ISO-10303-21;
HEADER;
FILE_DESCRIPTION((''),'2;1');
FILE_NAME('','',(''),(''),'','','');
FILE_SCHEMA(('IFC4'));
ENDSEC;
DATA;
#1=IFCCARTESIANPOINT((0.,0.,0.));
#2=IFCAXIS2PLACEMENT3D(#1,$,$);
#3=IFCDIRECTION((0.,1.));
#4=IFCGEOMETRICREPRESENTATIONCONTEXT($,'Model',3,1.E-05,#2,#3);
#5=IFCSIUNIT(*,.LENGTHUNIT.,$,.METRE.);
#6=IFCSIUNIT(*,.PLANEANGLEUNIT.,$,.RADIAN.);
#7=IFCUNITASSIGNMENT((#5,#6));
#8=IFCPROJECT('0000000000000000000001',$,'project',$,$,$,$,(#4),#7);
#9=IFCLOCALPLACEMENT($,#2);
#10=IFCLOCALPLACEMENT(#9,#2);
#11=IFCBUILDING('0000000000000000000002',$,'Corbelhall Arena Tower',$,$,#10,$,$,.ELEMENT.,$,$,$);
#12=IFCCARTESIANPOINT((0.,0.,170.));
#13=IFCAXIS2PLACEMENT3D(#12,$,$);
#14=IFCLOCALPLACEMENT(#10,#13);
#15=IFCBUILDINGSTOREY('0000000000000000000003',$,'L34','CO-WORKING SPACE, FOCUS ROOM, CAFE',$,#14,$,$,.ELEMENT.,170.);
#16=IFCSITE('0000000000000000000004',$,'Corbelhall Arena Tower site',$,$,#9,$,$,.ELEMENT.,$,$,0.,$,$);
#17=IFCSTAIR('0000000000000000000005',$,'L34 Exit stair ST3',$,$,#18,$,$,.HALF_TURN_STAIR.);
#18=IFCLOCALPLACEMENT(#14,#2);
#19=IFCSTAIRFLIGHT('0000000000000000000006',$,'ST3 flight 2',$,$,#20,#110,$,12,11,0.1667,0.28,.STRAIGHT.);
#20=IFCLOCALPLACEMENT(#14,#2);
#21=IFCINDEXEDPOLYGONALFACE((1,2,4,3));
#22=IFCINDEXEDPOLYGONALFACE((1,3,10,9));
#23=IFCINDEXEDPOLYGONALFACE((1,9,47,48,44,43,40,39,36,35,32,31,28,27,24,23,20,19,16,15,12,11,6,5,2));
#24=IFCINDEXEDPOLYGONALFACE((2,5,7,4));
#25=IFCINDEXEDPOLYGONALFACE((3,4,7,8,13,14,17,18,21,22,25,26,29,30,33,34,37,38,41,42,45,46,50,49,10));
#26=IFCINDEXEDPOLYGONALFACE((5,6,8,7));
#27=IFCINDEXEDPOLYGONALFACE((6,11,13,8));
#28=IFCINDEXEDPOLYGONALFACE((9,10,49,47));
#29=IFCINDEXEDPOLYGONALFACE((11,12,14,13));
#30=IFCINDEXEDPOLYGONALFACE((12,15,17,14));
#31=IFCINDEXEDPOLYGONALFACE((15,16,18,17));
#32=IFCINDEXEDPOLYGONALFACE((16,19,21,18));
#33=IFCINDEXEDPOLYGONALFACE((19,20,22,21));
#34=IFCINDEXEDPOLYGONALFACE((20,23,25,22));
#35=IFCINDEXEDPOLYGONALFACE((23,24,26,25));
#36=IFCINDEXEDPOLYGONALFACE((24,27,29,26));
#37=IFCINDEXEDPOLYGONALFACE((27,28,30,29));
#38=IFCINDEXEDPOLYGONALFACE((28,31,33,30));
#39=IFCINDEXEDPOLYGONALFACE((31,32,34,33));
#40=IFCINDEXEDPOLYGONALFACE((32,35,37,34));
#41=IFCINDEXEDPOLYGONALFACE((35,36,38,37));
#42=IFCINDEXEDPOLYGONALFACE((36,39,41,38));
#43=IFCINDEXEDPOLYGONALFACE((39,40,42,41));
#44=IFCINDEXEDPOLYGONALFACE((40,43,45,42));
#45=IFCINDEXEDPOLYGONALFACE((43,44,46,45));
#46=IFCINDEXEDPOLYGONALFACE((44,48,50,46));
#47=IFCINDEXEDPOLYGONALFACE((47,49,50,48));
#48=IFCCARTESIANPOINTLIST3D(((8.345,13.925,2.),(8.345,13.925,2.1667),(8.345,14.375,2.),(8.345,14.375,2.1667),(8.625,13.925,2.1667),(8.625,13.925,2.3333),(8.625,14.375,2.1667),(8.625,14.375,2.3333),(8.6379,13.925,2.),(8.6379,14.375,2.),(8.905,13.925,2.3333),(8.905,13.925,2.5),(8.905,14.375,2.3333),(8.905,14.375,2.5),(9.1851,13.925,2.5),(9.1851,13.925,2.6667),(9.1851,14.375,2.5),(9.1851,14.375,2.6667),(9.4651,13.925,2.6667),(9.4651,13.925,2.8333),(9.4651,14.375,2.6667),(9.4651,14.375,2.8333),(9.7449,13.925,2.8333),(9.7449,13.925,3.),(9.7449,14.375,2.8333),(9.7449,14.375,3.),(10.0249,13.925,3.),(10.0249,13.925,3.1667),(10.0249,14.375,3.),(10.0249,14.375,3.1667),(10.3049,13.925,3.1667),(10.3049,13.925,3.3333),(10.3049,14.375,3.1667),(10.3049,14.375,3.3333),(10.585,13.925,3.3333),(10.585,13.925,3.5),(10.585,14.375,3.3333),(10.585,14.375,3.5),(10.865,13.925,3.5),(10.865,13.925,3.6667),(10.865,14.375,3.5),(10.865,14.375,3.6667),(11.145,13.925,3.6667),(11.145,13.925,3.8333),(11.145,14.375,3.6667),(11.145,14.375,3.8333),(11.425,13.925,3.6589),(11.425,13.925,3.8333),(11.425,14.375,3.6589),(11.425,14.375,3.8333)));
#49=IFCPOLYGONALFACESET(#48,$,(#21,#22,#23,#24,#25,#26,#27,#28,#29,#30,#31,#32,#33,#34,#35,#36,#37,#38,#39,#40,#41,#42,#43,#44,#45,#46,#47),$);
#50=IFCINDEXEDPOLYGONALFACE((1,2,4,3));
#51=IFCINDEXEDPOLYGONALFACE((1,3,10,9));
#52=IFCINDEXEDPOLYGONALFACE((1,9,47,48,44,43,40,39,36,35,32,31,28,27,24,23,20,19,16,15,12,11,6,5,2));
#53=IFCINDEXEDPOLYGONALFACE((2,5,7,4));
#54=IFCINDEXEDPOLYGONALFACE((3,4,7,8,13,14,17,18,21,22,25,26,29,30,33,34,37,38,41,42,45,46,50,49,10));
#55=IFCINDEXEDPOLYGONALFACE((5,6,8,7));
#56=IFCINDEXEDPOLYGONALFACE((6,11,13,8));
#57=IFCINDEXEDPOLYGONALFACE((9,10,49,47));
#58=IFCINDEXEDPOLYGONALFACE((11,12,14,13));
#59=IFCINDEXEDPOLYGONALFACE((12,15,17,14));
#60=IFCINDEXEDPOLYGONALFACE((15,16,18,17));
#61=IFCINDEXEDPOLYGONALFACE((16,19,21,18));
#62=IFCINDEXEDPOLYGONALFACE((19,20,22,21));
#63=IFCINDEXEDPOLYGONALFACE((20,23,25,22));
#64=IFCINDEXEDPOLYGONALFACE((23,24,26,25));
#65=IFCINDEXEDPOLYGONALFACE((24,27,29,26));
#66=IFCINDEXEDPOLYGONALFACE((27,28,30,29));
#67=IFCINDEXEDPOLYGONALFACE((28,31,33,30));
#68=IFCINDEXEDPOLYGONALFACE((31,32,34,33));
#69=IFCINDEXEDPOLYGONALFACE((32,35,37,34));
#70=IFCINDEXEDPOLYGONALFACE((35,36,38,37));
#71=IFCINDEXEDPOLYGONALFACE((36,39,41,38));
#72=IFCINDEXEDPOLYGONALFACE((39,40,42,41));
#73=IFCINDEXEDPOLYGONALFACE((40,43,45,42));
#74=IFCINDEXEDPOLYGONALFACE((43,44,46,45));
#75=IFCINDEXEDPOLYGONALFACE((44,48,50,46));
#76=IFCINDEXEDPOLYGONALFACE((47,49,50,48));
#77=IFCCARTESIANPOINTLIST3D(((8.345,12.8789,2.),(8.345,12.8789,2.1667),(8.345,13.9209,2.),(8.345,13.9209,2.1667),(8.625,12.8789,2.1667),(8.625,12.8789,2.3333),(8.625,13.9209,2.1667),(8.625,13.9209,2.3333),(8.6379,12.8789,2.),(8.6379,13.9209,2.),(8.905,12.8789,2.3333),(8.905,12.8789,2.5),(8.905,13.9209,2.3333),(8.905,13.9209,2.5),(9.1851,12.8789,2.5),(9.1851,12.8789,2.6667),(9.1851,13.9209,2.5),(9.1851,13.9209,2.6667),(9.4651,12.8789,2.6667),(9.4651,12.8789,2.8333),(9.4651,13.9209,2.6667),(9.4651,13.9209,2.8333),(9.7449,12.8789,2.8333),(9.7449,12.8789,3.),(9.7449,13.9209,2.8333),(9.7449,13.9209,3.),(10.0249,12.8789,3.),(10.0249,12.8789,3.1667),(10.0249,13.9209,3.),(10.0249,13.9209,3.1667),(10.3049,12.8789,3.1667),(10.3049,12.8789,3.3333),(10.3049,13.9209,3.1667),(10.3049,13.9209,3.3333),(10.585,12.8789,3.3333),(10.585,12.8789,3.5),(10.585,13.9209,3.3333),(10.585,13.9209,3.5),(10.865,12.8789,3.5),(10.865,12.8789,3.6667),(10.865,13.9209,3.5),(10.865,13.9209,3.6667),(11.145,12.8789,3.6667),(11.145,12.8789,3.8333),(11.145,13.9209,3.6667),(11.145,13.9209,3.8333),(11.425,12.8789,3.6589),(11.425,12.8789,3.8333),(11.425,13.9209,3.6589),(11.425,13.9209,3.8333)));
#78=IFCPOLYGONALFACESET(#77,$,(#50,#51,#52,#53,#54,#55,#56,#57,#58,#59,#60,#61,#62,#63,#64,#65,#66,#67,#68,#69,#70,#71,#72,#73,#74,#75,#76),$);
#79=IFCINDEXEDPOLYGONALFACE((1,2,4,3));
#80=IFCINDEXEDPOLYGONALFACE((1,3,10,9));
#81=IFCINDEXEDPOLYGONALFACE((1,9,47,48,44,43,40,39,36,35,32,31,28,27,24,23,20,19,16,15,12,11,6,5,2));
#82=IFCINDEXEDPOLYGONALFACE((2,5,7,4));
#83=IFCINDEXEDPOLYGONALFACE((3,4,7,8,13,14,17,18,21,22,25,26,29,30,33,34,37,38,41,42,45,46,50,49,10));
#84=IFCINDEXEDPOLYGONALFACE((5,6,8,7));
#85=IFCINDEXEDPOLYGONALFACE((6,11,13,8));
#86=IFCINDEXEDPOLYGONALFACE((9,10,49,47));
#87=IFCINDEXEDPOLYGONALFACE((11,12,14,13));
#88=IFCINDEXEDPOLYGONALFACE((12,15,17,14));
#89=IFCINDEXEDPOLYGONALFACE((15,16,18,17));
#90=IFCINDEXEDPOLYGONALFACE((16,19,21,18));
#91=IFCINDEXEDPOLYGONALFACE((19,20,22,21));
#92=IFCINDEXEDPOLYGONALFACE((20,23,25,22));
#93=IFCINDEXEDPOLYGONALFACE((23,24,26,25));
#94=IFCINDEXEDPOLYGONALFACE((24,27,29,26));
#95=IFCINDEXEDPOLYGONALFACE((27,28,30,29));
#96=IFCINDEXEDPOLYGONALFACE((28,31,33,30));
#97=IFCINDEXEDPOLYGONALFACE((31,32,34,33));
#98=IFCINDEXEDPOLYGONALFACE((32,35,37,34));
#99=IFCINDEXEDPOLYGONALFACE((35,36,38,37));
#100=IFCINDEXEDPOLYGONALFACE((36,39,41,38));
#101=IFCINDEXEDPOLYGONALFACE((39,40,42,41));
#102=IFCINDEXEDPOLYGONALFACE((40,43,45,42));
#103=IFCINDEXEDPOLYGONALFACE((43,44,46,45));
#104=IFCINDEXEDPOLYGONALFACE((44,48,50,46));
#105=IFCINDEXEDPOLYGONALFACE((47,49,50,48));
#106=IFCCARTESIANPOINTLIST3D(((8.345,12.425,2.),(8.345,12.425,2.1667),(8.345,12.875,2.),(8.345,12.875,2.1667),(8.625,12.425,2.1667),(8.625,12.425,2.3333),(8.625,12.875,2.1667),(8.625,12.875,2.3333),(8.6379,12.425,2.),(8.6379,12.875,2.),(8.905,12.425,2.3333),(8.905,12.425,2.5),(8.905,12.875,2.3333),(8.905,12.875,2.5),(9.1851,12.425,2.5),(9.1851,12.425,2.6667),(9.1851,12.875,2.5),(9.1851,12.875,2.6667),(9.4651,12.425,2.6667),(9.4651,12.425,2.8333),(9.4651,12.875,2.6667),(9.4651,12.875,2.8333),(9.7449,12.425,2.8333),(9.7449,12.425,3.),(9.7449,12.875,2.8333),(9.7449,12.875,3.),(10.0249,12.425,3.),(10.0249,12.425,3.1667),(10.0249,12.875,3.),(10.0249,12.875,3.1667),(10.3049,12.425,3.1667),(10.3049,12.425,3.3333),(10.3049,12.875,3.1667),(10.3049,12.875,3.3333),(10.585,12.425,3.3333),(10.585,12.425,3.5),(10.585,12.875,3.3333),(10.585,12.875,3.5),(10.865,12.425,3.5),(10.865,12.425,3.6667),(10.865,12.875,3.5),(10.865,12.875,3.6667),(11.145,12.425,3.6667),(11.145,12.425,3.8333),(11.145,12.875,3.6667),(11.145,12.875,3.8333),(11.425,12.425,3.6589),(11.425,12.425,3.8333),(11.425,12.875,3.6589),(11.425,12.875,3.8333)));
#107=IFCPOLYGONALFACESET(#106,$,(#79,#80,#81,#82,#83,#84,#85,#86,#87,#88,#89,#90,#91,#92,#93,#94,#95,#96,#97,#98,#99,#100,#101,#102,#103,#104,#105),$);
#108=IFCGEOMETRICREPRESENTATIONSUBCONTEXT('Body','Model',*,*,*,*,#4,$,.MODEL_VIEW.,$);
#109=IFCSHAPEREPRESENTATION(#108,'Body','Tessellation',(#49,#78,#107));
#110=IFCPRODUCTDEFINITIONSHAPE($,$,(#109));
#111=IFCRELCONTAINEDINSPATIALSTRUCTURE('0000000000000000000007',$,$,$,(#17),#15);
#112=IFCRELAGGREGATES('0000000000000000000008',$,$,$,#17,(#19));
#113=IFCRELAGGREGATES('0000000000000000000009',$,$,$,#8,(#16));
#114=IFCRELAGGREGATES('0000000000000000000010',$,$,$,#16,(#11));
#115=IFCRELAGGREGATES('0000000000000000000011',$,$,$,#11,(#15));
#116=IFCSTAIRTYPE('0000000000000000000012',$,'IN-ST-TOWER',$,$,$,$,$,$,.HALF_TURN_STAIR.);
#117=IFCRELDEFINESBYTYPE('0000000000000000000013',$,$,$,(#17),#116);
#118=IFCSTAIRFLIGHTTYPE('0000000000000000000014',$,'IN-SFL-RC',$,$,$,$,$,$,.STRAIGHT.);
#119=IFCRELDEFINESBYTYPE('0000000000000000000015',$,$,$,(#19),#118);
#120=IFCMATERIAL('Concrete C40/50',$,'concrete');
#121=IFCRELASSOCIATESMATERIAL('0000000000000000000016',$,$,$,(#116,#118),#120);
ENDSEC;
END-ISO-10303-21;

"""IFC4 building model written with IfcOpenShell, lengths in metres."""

from ifc_helpers import new_model, si_unit, direction, frame, origin, place, context, subcontext, project, spatial, polyline, outline, extrude, material, type_object, element, aggregate, save


model = new_model("IFC4")

# Units and contexts
model_context = context("Model", 3, precision=1e-05, world=origin(), true_north=direction((0.0, 1.0)))
body_context = subcontext(model_context, "Body", "Model", "MODEL_VIEW")
ifc_project = project(units=[si_unit("LENGTHUNIT", "METRE"), si_unit("PLANEANGLEUNIT", "RADIAN")], contexts=[model_context])

# Site, building, storey
site_placement = place(None, origin())
site = spatial("IfcSite", under=ifc_project, at=site_placement, Name="Corbelhall Arena Tower site", CompositionType="ELEMENT", RefElevation=0.0)
building_placement = place(site_placement, origin())
building = spatial("IfcBuilding", under=site, at=building_placement, Name="Corbelhall Arena Tower", CompositionType="ELEMENT")
storey_placement = place(building_placement, frame((0.0, 0.0, 170.0)))
storey = spatial("IfcBuildingStorey", under=building, at=storey_placement, Name="L34", Description="CO-WORKING SPACE, FOCUS ROOM, CAFE", CompositionType="ELEMENT", Elevation=170.0)

# Shared definitions
ifc_material_1 = material(Name="Concrete C40/50", Category="concrete")

# Stair, stair flight
stair_type = type_object("IfcStairType", Name="IN-ST-TOWER", PredefinedType="HALF_TURN_STAIR", material=ifc_material_1)
stair_placement = place(storey_placement, origin())
stair = element("IfcStair", 1, at=stair_placement, inside=storey, type_object=stair_type, Name="L34 Exit stair ST3", PredefinedType="HALF_TURN_STAIR")
stair_flight_type = type_object("IfcStairFlightType", Name="IN-SFL-RC", PredefinedType="STRAIGHT", material=ifc_material_1)
stair_flight_1_placement = place(storey_placement, frame((8.345, 13.3999, 2.0), z_axis=(0.0, 0.0, 1.0), x_axis=(1.0, 0.0, 0.0)))
stair_flight_1 = element("IfcStairFlight", 2, at=stair_flight_1_placement, type_object=stair_flight_type, Name="ST3 flight 2", NumberOfRisers=12, NumberOfTreads=11, PredefinedType="STRAIGHT", RiserHeight=0.1667, TreadLength=0.28, context=body_context, shape_type="SweptSolid", body=[
    extrude(outline(polyline([(0.0, 0.0), (0.0, 0.1667), (0.28, 0.1667), (0.28, 0.3333), (0.5601, 0.3333), (0.5601, 0.5), (0.8401, 0.5), (0.8401, 0.6667), (1.1201, 0.6667), (1.1201, 0.8333), (1.3999, 0.8333), (1.3999, 1.0), (1.6799, 1.0), (1.6799, 1.1667), (1.96, 1.1667), (1.96, 1.3333), (2.24, 1.3333), (2.24, 1.5), (2.52, 1.5), (2.52, 1.6667), (2.8, 1.6667), (2.8, 1.8333), (3.0801, 1.8333), (3.0801, 2.0), (3.0801, 1.6589), (0.293, 0.0), (0.0, 0.0)])), frame((0.0, 0.9751, 0.0), z_axis=(0.0, -1.0, 0.0), x_axis=(1.0, 0.0, 0.0)), (0.0, 0.0, 1.0), 0.45),
    extrude(outline(polyline([(0.0, 0.0), (0.0, 0.1667), (0.28, 0.1667), (0.28, 0.3333), (0.5601, 0.3333), (0.5601, 0.5), (0.8401, 0.5), (0.8401, 0.6667), (1.1201, 0.6667), (1.1201, 0.8333), (1.3999, 0.8333), (1.3999, 1.0), (1.6799, 1.0), (1.6799, 1.1667), (1.96, 1.1667), (1.96, 1.3333), (2.24, 1.3333), (2.24, 1.5), (2.52, 1.5), (2.52, 1.6667), (2.8, 1.6667), (2.8, 1.8333), (3.0801, 1.8333), (3.0801, 2.0), (3.0801, 1.6589), (0.293, 0.0), (0.0, 0.0)])), frame((0.0, 0.521, 0.0), z_axis=(0.0, -1.0, 0.0), x_axis=(1.0, 0.0, 0.0)), (0.0, 0.0, 1.0), 1.042),
    extrude(outline(polyline([(0.0, 0.0), (0.0, 0.1667), (0.28, 0.1667), (0.28, 0.3333), (0.5601, 0.3333), (0.5601, 0.5), (0.8401, 0.5), (0.8401, 0.6667), (1.1201, 0.6667), (1.1201, 0.8333), (1.3999, 0.8333), (1.3999, 1.0), (1.6799, 1.0), (1.6799, 1.1667), (1.96, 1.1667), (1.96, 1.3333), (2.24, 1.3333), (2.24, 1.5), (2.52, 1.5), (2.52, 1.6667), (2.8, 1.6667), (2.8, 1.8333), (3.0801, 1.8333), (3.0801, 2.0), (3.0801, 1.6589), (0.293, 0.0), (0.0, 0.0)])), frame((0.0, -0.5249, 0.0), z_axis=(0.0, -1.0, 0.0), x_axis=(1.0, 0.0, 0.0)), (0.0, 0.0, 1.0), 0.45),
])
aggregate(stair, [stair_flight_1])

save(model, "model.ifc")
